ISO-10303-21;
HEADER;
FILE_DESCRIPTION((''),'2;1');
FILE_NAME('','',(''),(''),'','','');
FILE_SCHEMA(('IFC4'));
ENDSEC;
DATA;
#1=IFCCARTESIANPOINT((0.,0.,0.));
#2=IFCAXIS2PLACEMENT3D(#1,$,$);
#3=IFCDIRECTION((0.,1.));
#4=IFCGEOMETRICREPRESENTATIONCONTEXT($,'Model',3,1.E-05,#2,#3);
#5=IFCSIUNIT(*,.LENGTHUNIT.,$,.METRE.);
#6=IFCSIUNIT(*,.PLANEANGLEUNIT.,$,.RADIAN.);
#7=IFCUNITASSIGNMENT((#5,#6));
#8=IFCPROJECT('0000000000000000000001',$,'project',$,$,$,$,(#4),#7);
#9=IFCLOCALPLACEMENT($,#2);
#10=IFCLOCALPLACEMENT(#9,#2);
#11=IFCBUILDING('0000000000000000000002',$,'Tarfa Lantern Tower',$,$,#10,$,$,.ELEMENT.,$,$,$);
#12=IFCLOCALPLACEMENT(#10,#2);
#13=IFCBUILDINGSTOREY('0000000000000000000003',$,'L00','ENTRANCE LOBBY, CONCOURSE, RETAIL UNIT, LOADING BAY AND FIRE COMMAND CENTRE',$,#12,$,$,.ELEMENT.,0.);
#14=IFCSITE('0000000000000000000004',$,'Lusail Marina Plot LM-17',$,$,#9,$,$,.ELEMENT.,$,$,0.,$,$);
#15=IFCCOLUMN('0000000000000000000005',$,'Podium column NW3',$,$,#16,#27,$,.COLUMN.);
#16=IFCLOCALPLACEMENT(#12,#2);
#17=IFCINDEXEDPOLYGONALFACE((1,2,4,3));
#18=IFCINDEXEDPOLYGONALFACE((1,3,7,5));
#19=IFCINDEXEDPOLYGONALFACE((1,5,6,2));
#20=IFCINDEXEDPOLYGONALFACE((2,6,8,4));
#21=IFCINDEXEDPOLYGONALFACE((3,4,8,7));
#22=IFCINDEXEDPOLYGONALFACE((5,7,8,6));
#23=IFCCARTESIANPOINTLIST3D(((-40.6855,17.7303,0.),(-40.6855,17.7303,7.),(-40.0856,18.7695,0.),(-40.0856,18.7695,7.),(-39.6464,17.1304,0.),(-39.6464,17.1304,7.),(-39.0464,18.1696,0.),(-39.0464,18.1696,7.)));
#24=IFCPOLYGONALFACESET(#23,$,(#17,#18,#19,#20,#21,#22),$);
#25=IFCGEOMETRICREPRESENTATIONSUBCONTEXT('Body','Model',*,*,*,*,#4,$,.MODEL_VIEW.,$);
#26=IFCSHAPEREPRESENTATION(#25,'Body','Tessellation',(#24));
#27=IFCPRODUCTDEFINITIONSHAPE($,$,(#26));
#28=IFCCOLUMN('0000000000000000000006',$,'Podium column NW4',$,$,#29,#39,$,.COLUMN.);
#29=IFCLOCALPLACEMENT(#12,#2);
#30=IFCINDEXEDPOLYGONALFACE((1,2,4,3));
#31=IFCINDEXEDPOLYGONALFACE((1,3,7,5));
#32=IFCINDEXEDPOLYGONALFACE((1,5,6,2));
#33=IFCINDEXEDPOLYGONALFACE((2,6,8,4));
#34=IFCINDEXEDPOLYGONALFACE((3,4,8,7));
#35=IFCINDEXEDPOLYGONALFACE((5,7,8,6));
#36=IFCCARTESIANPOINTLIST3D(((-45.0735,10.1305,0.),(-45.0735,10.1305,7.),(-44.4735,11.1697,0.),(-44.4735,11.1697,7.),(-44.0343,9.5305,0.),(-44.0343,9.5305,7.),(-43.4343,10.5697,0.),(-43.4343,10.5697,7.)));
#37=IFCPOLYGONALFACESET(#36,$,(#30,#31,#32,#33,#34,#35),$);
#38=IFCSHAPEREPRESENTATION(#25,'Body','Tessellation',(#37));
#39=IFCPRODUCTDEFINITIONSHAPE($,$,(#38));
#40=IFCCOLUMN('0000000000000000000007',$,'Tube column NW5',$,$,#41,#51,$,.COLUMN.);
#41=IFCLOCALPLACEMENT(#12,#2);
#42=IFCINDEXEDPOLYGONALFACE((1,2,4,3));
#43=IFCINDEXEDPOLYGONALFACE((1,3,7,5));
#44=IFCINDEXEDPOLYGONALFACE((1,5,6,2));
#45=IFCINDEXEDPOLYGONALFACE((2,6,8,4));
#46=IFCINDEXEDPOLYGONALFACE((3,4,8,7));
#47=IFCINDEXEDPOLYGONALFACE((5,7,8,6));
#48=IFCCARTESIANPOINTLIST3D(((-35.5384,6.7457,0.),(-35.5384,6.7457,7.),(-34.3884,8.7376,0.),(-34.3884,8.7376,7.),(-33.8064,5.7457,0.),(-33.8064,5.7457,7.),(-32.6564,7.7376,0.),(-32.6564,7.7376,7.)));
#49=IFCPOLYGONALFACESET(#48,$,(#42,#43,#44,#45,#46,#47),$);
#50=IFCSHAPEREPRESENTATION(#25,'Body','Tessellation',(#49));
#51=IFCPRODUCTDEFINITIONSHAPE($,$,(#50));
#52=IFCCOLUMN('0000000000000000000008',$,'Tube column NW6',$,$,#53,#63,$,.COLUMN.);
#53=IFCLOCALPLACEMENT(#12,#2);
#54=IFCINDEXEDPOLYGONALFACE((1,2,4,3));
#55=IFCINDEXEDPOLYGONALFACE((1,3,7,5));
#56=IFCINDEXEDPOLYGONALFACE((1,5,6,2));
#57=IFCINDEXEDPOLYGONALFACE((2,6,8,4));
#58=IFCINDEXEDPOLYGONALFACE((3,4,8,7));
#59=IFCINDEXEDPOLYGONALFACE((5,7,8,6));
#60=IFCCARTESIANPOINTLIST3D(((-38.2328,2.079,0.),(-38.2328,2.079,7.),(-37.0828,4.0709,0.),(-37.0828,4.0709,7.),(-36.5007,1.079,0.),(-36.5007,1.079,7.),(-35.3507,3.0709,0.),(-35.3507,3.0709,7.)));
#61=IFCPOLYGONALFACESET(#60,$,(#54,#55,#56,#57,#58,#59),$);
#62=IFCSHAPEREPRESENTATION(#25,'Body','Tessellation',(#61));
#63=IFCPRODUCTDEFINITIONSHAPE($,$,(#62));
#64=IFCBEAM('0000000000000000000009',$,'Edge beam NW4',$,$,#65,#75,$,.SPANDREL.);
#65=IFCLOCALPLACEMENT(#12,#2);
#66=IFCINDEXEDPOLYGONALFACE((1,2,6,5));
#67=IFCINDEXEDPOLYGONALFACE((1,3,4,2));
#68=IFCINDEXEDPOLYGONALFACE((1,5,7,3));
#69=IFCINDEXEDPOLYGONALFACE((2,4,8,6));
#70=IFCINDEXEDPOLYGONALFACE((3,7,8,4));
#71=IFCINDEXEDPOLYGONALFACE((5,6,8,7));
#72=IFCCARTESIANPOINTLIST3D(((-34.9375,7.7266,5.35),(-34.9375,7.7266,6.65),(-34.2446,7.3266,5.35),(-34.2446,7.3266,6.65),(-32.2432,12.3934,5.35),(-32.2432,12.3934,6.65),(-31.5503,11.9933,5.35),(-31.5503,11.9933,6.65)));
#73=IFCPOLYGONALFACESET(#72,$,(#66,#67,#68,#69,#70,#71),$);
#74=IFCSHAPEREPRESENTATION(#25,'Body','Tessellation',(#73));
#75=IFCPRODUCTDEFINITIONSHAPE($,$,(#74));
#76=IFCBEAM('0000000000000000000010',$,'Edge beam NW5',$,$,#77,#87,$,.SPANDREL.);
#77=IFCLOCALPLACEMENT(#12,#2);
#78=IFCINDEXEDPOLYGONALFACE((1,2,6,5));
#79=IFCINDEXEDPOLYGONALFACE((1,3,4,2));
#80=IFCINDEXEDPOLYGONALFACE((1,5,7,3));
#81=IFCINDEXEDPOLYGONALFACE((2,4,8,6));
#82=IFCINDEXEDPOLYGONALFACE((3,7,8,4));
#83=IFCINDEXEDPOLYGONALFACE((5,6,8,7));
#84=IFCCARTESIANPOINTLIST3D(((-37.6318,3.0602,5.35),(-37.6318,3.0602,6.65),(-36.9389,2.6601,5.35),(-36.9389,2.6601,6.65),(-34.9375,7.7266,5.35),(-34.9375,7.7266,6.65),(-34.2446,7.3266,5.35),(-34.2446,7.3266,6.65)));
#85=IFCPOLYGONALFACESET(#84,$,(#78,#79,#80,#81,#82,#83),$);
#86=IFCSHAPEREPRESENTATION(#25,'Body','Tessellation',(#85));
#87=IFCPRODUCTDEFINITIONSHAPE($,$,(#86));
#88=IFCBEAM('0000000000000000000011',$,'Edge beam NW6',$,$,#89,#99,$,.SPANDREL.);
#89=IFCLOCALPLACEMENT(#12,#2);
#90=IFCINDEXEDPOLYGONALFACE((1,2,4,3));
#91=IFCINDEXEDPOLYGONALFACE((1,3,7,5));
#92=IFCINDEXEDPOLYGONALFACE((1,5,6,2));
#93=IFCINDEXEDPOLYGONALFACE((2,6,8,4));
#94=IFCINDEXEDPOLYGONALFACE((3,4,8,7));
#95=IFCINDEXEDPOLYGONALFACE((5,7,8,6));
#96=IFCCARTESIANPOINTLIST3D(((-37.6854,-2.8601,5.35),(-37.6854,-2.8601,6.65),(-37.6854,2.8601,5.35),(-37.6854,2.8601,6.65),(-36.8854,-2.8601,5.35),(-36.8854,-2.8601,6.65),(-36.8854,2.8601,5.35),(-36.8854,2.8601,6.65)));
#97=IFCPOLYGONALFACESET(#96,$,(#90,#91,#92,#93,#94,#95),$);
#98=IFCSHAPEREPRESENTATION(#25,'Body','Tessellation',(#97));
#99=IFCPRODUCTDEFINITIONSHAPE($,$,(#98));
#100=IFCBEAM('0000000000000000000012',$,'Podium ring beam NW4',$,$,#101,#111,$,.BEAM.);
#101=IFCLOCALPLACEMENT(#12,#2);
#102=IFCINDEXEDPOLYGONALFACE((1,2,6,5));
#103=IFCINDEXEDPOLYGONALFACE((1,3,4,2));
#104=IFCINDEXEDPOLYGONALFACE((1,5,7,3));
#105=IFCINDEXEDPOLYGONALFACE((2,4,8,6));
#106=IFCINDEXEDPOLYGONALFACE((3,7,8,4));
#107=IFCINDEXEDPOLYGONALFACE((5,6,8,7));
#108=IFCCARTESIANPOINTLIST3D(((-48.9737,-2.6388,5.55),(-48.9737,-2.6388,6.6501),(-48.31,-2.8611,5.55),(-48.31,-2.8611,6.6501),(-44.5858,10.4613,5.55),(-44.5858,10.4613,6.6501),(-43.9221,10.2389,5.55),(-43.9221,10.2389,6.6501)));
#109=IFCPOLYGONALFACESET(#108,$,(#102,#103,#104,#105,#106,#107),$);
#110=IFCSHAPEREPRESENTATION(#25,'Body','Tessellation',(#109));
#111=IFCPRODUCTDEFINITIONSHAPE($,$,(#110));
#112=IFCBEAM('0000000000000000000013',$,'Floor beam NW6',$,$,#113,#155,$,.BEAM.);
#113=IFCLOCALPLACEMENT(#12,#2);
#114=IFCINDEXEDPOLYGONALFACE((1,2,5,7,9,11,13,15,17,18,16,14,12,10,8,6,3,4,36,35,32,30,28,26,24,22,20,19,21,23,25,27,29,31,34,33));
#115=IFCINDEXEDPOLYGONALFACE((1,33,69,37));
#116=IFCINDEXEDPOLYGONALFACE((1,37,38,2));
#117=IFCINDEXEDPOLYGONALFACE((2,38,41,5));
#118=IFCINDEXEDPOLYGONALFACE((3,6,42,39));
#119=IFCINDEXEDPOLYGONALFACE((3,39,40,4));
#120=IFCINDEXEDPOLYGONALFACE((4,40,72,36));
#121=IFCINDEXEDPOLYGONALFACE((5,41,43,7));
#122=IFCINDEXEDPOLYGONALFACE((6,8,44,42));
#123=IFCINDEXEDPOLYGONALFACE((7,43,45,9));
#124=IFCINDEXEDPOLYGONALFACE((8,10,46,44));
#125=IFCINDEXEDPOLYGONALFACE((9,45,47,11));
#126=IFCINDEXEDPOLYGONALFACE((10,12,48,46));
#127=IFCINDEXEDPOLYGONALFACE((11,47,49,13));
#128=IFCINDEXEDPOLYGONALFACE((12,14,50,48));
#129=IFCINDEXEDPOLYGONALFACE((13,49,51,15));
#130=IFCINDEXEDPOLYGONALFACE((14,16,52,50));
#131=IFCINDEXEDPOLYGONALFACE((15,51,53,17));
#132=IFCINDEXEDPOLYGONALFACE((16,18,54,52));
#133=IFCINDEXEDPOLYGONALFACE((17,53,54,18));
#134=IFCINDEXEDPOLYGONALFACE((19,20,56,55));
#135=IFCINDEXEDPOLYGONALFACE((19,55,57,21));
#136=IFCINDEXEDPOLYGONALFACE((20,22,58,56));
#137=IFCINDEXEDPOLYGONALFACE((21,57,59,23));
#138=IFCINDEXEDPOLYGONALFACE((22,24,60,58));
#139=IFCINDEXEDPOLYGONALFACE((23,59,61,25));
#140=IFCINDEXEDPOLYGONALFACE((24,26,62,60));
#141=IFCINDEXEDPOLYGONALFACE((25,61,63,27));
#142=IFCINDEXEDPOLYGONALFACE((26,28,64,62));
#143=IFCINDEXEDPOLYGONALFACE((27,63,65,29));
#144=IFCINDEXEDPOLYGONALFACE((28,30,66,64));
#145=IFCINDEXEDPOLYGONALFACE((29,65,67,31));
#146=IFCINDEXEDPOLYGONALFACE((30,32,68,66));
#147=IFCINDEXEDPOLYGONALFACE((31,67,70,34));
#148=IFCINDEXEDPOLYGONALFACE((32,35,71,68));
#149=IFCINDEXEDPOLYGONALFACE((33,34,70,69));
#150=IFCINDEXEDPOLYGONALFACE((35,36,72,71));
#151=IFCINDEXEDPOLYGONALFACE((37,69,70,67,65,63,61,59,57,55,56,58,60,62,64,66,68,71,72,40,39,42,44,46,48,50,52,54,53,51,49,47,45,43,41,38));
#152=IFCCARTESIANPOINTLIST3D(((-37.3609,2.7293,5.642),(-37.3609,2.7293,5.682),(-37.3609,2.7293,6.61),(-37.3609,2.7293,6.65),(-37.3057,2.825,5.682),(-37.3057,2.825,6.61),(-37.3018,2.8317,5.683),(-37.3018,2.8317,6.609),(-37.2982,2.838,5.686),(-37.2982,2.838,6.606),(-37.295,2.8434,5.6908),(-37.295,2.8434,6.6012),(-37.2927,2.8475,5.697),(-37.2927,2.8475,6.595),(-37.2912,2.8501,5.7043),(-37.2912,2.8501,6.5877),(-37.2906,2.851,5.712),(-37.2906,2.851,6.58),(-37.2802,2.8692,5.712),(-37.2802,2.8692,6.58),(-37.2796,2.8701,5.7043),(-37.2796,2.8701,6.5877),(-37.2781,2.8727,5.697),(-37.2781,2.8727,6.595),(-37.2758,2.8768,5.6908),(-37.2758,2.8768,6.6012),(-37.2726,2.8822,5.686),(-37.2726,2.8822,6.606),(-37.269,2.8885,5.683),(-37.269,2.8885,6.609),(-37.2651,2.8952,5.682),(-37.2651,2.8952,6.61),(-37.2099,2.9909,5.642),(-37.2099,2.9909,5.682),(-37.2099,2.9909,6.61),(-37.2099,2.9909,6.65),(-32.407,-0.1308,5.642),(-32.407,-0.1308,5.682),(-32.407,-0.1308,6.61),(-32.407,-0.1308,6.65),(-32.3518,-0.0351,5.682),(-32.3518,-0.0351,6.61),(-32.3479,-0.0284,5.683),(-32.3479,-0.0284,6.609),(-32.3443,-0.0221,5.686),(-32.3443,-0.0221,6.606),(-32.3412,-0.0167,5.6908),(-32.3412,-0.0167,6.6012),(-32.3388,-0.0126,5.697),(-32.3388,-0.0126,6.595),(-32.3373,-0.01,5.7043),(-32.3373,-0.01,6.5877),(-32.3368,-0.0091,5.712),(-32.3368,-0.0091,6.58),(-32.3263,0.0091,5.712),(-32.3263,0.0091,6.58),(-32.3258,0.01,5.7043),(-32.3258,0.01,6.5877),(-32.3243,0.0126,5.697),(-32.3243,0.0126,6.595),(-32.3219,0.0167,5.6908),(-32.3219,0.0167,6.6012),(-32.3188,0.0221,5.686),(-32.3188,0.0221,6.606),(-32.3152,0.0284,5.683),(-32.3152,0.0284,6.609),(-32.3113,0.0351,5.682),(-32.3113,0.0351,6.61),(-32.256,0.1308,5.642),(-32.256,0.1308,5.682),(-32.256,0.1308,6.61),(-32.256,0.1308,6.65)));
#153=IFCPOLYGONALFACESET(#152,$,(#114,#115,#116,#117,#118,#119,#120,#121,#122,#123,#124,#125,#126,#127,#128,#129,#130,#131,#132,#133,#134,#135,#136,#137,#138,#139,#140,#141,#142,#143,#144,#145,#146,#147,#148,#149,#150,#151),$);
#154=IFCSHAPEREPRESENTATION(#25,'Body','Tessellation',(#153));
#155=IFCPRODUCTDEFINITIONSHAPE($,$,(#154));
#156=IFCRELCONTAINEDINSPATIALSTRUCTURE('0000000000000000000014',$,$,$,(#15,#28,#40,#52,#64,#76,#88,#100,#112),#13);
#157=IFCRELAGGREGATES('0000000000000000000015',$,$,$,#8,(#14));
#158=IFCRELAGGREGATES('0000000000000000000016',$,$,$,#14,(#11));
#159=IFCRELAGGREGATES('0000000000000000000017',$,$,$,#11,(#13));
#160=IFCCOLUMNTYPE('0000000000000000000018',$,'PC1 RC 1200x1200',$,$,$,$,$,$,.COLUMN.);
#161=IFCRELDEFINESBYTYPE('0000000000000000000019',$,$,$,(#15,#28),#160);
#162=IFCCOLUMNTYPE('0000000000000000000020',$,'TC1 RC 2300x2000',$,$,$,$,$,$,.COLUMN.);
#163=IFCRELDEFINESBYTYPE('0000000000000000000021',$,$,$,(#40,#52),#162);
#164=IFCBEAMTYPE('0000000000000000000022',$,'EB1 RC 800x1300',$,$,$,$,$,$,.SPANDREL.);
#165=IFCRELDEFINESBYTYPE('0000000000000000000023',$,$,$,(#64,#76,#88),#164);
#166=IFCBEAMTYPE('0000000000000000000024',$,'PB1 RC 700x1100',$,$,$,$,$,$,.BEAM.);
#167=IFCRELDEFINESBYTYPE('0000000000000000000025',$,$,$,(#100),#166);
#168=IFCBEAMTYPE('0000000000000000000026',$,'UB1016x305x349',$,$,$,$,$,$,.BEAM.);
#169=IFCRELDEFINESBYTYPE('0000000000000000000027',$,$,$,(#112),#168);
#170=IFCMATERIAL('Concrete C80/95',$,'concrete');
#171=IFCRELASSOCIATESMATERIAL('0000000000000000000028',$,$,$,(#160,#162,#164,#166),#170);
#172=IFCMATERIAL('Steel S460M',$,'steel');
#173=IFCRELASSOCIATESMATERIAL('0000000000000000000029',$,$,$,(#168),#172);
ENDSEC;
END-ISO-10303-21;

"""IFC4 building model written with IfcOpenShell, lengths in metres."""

from ifc_helpers import new_model, si_unit, direction, frame, origin, origin_2d, place, context, subcontext, project, spatial, rectangle, i_section, extrude, material, material_profile, profile_set, type_object, element, save


model = new_model("IFC4")

# Units and contexts
model_context = context("Model", 3, precision=1e-05, world=origin(), true_north=direction((0.0, 1.0)))
body_context = subcontext(model_context, "Body", "Model", "MODEL_VIEW")
ifc_project = project(units=[si_unit("LENGTHUNIT", "METRE"), si_unit("PLANEANGLEUNIT", "RADIAN")], contexts=[model_context])

# Site, building, storey
site_placement = place(None, origin())
site = spatial("IfcSite", under=ifc_project, at=site_placement, Name="Lusail Marina Plot LM-17", CompositionType="ELEMENT", RefElevation=0.0)
building_placement = place(site_placement, origin())
building = spatial("IfcBuilding", under=site, at=building_placement, Name="Tarfa Lantern Tower", CompositionType="ELEMENT")
storey_placement = place(building_placement, origin())
storey = spatial("IfcBuildingStorey", under=building, at=storey_placement, Name="L00", Description="ENTRANCE LOBBY, CONCOURSE, RETAIL UNIT, LOADING BAY AND FIRE COMMAND CENTRE", CompositionType="ELEMENT", Elevation=0.0)

# Columns
ifc_material_1 = material(Name="Concrete C80/95", Category="concrete")
ifc_material_profile_1 = material_profile(ifc_material_1, rectangle(XDim=1.2, YDim=1.2, at=origin_2d()), Name="RC 1200x1200")
ifc_profile_set_1 = profile_set([ifc_material_profile_1], Name="Concrete C80/95")
column_type_1 = type_object("IfcColumnType", Name="PC1 RC 1200x1200", PredefinedType="COLUMN", material=ifc_profile_set_1)
for number, where, z_axis, x_axis, name in (
    (1, (-39.866, 17.95, 0.0), (0.0, 0.0, 1.0), (-0.5, -0.866025, 0.0), "Podium column NW3"),
    (2, (-44.2539, 10.3501, 0.0), (0.0, 0.0, 1.0), (-0.5, -0.866025, 0.0), "Podium column NW4"),
):
    element("IfcColumn", number, at=place(storey_placement, frame(where, z_axis=z_axis, x_axis=x_axis)), inside=storey, type_object=column_type_1, Name=name, PredefinedType="COLUMN", context=body_context, shape_type="SweptSolid", body=[
        extrude(rectangle(XDim=1.2, YDim=1.2, at=origin_2d()), origin(), (0.0, 0.0, 1.0), 7.0),
    ])
ifc_material_profile_2 = material_profile(ifc_material_1, rectangle(XDim=2.3, YDim=2.0, at=origin_2d()), Name="RC 2300x2000")
ifc_profile_set_2 = profile_set([ifc_material_profile_2], Name="Concrete C80/95")
column_type_2 = type_object("IfcColumnType", Name="TC1 RC 2300x2000", PredefinedType="COLUMN", material=ifc_profile_set_2)
for number, where, z_axis, x_axis, name in (
    (3, (-34.0974, 7.2417, 0.0), (0.0, 0.0, 1.0), (-0.5, -0.866025, 0.0), "Tube column NW5"),
    (4, (-36.7917, 2.575, 0.0), (0.0, 0.0, 1.0), (-0.5, -0.866025, 0.0), "Tube column NW6"),
):
    element("IfcColumn", number, at=place(storey_placement, frame(where, z_axis=z_axis, x_axis=x_axis)), inside=storey, type_object=column_type_2, Name=name, PredefinedType="COLUMN", context=body_context, shape_type="SweptSolid", body=[
        extrude(rectangle(XDim=2.3, YDim=2.0, at=origin_2d()), origin(), (0.0, 0.0, 1.0), 7.0),
    ])

# Beams
ifc_material_profile_3 = material_profile(ifc_material_1, rectangle(XDim=0.8, YDim=1.3, at=origin_2d()), Name="RC 800x1300")
ifc_profile_set_3 = profile_set([ifc_material_profile_3], Name="Concrete C80/95")
beam_type_1 = type_object("IfcBeamType", Name="EB1 RC 800x1300", PredefinedType="SPANDREL", material=ifc_profile_set_3)
beam_1_placement = place(storey_placement, frame((-31.8967, 12.1934, 6.0), z_axis=(-0.499998, -0.866026, 0.0), x_axis=(0.866026, -0.499998, 0.0)))
element("IfcBeam", 5, at=beam_1_placement, inside=storey, type_object=beam_type_1, Name="Edge beam NW4", PredefinedType="SPANDREL", context=body_context, shape_type="SweptSolid", body=[
    extrude(rectangle(XDim=0.8, YDim=1.3, at=origin_2d()), origin(), (0.0, 0.0, 1.0), 5.3887),
])
beam_2_placement = place(storey_placement, frame((-34.5911, 7.5266, 6.0), z_axis=(-0.500018, -0.866015, 0.0), x_axis=(0.866015, -0.500018, 0.0)))
element("IfcBeam", 6, at=beam_2_placement, inside=storey, type_object=beam_type_1, Name="Edge beam NW5", PredefinedType="SPANDREL", context=body_context, shape_type="SweptSolid", body=[
    extrude(rectangle(XDim=0.8, YDim=1.3, at=origin_2d()), origin(), (0.0, 0.0, 1.0), 5.3884),
])
beam_3_placement = place(storey_placement, frame((-37.2854, 2.8601, 6.0), z_axis=(0.0, -1.0, 0.0), x_axis=(1.0, 0.0, 0.0)))
element("IfcBeam", 7, at=beam_3_placement, inside=storey, type_object=beam_type_1, Name="Edge beam NW6", PredefinedType="SPANDREL", context=body_context, shape_type="SweptSolid", body=[
    extrude(rectangle(XDim=0.8, YDim=1.3, at=origin_2d()), origin(), (0.0, 0.0, 1.0), 5.7202),
])
ifc_material_profile_4 = material_profile(ifc_material_1, rectangle(XDim=0.7, YDim=1.1001, at=origin_2d()), Name="RC 700x1100")
ifc_profile_set_4 = profile_set([ifc_material_profile_4], Name="Concrete C80/95")
beam_type_2 = type_object("IfcBeamType", Name="PB1 RC 700x1100", PredefinedType="BEAM", material=ifc_profile_set_4)
beam_4_placement = place(storey_placement, frame((-44.2539, 10.3501, 6.1001), z_axis=(-0.317611, -0.948221, 0.0), x_axis=(0.948221, -0.317611, 0.0)))
element("IfcBeam", 8, at=beam_4_placement, inside=storey, type_object=beam_type_2, Name="Podium ring beam NW4", PredefinedType="BEAM", context=body_context, shape_type="SweptSolid", body=[
    extrude(rectangle(XDim=0.7, YDim=1.1001, at=origin_2d()), origin(), (0.0, 0.0, 1.0), 13.8154),
])
ifc_material_2 = material(Name="Steel S460M", Category="steel")
ifc_material_profile_5 = material_profile(ifc_material_2, i_section(OverallWidth=0.302, OverallDepth=1.0081, WebThickness=0.021, FlangeThickness=0.04, FilletRadius=0.03, at=origin_2d()), Name="UB1016x305x349")
ifc_profile_set_5 = profile_set([ifc_material_profile_5], Name="Steel S460M")
beam_type_3 = type_object("IfcBeamType", Name="UB1016x305x349", PredefinedType="BEAM", material=ifc_profile_set_5)
beam_5_placement = place(storey_placement, frame((-37.2854, 2.8601, 6.146), z_axis=(0.866026, -0.5, 0.0), x_axis=(0.5, 0.866026, 0.0)))
element("IfcBeam", 9, at=beam_5_placement, inside=storey, type_object=beam_type_3, Name="Floor beam NW6", PredefinedType="BEAM", context=body_context, shape_type="SweptSolid", body=[
    extrude(i_section(OverallWidth=0.302, OverallDepth=1.0081, WebThickness=0.021, FlangeThickness=0.04, FilletRadius=0.03, at=origin_2d()), origin(), (0.0, 0.0, 1.0), 5.7202),
])

save(model, "model.ifc")
